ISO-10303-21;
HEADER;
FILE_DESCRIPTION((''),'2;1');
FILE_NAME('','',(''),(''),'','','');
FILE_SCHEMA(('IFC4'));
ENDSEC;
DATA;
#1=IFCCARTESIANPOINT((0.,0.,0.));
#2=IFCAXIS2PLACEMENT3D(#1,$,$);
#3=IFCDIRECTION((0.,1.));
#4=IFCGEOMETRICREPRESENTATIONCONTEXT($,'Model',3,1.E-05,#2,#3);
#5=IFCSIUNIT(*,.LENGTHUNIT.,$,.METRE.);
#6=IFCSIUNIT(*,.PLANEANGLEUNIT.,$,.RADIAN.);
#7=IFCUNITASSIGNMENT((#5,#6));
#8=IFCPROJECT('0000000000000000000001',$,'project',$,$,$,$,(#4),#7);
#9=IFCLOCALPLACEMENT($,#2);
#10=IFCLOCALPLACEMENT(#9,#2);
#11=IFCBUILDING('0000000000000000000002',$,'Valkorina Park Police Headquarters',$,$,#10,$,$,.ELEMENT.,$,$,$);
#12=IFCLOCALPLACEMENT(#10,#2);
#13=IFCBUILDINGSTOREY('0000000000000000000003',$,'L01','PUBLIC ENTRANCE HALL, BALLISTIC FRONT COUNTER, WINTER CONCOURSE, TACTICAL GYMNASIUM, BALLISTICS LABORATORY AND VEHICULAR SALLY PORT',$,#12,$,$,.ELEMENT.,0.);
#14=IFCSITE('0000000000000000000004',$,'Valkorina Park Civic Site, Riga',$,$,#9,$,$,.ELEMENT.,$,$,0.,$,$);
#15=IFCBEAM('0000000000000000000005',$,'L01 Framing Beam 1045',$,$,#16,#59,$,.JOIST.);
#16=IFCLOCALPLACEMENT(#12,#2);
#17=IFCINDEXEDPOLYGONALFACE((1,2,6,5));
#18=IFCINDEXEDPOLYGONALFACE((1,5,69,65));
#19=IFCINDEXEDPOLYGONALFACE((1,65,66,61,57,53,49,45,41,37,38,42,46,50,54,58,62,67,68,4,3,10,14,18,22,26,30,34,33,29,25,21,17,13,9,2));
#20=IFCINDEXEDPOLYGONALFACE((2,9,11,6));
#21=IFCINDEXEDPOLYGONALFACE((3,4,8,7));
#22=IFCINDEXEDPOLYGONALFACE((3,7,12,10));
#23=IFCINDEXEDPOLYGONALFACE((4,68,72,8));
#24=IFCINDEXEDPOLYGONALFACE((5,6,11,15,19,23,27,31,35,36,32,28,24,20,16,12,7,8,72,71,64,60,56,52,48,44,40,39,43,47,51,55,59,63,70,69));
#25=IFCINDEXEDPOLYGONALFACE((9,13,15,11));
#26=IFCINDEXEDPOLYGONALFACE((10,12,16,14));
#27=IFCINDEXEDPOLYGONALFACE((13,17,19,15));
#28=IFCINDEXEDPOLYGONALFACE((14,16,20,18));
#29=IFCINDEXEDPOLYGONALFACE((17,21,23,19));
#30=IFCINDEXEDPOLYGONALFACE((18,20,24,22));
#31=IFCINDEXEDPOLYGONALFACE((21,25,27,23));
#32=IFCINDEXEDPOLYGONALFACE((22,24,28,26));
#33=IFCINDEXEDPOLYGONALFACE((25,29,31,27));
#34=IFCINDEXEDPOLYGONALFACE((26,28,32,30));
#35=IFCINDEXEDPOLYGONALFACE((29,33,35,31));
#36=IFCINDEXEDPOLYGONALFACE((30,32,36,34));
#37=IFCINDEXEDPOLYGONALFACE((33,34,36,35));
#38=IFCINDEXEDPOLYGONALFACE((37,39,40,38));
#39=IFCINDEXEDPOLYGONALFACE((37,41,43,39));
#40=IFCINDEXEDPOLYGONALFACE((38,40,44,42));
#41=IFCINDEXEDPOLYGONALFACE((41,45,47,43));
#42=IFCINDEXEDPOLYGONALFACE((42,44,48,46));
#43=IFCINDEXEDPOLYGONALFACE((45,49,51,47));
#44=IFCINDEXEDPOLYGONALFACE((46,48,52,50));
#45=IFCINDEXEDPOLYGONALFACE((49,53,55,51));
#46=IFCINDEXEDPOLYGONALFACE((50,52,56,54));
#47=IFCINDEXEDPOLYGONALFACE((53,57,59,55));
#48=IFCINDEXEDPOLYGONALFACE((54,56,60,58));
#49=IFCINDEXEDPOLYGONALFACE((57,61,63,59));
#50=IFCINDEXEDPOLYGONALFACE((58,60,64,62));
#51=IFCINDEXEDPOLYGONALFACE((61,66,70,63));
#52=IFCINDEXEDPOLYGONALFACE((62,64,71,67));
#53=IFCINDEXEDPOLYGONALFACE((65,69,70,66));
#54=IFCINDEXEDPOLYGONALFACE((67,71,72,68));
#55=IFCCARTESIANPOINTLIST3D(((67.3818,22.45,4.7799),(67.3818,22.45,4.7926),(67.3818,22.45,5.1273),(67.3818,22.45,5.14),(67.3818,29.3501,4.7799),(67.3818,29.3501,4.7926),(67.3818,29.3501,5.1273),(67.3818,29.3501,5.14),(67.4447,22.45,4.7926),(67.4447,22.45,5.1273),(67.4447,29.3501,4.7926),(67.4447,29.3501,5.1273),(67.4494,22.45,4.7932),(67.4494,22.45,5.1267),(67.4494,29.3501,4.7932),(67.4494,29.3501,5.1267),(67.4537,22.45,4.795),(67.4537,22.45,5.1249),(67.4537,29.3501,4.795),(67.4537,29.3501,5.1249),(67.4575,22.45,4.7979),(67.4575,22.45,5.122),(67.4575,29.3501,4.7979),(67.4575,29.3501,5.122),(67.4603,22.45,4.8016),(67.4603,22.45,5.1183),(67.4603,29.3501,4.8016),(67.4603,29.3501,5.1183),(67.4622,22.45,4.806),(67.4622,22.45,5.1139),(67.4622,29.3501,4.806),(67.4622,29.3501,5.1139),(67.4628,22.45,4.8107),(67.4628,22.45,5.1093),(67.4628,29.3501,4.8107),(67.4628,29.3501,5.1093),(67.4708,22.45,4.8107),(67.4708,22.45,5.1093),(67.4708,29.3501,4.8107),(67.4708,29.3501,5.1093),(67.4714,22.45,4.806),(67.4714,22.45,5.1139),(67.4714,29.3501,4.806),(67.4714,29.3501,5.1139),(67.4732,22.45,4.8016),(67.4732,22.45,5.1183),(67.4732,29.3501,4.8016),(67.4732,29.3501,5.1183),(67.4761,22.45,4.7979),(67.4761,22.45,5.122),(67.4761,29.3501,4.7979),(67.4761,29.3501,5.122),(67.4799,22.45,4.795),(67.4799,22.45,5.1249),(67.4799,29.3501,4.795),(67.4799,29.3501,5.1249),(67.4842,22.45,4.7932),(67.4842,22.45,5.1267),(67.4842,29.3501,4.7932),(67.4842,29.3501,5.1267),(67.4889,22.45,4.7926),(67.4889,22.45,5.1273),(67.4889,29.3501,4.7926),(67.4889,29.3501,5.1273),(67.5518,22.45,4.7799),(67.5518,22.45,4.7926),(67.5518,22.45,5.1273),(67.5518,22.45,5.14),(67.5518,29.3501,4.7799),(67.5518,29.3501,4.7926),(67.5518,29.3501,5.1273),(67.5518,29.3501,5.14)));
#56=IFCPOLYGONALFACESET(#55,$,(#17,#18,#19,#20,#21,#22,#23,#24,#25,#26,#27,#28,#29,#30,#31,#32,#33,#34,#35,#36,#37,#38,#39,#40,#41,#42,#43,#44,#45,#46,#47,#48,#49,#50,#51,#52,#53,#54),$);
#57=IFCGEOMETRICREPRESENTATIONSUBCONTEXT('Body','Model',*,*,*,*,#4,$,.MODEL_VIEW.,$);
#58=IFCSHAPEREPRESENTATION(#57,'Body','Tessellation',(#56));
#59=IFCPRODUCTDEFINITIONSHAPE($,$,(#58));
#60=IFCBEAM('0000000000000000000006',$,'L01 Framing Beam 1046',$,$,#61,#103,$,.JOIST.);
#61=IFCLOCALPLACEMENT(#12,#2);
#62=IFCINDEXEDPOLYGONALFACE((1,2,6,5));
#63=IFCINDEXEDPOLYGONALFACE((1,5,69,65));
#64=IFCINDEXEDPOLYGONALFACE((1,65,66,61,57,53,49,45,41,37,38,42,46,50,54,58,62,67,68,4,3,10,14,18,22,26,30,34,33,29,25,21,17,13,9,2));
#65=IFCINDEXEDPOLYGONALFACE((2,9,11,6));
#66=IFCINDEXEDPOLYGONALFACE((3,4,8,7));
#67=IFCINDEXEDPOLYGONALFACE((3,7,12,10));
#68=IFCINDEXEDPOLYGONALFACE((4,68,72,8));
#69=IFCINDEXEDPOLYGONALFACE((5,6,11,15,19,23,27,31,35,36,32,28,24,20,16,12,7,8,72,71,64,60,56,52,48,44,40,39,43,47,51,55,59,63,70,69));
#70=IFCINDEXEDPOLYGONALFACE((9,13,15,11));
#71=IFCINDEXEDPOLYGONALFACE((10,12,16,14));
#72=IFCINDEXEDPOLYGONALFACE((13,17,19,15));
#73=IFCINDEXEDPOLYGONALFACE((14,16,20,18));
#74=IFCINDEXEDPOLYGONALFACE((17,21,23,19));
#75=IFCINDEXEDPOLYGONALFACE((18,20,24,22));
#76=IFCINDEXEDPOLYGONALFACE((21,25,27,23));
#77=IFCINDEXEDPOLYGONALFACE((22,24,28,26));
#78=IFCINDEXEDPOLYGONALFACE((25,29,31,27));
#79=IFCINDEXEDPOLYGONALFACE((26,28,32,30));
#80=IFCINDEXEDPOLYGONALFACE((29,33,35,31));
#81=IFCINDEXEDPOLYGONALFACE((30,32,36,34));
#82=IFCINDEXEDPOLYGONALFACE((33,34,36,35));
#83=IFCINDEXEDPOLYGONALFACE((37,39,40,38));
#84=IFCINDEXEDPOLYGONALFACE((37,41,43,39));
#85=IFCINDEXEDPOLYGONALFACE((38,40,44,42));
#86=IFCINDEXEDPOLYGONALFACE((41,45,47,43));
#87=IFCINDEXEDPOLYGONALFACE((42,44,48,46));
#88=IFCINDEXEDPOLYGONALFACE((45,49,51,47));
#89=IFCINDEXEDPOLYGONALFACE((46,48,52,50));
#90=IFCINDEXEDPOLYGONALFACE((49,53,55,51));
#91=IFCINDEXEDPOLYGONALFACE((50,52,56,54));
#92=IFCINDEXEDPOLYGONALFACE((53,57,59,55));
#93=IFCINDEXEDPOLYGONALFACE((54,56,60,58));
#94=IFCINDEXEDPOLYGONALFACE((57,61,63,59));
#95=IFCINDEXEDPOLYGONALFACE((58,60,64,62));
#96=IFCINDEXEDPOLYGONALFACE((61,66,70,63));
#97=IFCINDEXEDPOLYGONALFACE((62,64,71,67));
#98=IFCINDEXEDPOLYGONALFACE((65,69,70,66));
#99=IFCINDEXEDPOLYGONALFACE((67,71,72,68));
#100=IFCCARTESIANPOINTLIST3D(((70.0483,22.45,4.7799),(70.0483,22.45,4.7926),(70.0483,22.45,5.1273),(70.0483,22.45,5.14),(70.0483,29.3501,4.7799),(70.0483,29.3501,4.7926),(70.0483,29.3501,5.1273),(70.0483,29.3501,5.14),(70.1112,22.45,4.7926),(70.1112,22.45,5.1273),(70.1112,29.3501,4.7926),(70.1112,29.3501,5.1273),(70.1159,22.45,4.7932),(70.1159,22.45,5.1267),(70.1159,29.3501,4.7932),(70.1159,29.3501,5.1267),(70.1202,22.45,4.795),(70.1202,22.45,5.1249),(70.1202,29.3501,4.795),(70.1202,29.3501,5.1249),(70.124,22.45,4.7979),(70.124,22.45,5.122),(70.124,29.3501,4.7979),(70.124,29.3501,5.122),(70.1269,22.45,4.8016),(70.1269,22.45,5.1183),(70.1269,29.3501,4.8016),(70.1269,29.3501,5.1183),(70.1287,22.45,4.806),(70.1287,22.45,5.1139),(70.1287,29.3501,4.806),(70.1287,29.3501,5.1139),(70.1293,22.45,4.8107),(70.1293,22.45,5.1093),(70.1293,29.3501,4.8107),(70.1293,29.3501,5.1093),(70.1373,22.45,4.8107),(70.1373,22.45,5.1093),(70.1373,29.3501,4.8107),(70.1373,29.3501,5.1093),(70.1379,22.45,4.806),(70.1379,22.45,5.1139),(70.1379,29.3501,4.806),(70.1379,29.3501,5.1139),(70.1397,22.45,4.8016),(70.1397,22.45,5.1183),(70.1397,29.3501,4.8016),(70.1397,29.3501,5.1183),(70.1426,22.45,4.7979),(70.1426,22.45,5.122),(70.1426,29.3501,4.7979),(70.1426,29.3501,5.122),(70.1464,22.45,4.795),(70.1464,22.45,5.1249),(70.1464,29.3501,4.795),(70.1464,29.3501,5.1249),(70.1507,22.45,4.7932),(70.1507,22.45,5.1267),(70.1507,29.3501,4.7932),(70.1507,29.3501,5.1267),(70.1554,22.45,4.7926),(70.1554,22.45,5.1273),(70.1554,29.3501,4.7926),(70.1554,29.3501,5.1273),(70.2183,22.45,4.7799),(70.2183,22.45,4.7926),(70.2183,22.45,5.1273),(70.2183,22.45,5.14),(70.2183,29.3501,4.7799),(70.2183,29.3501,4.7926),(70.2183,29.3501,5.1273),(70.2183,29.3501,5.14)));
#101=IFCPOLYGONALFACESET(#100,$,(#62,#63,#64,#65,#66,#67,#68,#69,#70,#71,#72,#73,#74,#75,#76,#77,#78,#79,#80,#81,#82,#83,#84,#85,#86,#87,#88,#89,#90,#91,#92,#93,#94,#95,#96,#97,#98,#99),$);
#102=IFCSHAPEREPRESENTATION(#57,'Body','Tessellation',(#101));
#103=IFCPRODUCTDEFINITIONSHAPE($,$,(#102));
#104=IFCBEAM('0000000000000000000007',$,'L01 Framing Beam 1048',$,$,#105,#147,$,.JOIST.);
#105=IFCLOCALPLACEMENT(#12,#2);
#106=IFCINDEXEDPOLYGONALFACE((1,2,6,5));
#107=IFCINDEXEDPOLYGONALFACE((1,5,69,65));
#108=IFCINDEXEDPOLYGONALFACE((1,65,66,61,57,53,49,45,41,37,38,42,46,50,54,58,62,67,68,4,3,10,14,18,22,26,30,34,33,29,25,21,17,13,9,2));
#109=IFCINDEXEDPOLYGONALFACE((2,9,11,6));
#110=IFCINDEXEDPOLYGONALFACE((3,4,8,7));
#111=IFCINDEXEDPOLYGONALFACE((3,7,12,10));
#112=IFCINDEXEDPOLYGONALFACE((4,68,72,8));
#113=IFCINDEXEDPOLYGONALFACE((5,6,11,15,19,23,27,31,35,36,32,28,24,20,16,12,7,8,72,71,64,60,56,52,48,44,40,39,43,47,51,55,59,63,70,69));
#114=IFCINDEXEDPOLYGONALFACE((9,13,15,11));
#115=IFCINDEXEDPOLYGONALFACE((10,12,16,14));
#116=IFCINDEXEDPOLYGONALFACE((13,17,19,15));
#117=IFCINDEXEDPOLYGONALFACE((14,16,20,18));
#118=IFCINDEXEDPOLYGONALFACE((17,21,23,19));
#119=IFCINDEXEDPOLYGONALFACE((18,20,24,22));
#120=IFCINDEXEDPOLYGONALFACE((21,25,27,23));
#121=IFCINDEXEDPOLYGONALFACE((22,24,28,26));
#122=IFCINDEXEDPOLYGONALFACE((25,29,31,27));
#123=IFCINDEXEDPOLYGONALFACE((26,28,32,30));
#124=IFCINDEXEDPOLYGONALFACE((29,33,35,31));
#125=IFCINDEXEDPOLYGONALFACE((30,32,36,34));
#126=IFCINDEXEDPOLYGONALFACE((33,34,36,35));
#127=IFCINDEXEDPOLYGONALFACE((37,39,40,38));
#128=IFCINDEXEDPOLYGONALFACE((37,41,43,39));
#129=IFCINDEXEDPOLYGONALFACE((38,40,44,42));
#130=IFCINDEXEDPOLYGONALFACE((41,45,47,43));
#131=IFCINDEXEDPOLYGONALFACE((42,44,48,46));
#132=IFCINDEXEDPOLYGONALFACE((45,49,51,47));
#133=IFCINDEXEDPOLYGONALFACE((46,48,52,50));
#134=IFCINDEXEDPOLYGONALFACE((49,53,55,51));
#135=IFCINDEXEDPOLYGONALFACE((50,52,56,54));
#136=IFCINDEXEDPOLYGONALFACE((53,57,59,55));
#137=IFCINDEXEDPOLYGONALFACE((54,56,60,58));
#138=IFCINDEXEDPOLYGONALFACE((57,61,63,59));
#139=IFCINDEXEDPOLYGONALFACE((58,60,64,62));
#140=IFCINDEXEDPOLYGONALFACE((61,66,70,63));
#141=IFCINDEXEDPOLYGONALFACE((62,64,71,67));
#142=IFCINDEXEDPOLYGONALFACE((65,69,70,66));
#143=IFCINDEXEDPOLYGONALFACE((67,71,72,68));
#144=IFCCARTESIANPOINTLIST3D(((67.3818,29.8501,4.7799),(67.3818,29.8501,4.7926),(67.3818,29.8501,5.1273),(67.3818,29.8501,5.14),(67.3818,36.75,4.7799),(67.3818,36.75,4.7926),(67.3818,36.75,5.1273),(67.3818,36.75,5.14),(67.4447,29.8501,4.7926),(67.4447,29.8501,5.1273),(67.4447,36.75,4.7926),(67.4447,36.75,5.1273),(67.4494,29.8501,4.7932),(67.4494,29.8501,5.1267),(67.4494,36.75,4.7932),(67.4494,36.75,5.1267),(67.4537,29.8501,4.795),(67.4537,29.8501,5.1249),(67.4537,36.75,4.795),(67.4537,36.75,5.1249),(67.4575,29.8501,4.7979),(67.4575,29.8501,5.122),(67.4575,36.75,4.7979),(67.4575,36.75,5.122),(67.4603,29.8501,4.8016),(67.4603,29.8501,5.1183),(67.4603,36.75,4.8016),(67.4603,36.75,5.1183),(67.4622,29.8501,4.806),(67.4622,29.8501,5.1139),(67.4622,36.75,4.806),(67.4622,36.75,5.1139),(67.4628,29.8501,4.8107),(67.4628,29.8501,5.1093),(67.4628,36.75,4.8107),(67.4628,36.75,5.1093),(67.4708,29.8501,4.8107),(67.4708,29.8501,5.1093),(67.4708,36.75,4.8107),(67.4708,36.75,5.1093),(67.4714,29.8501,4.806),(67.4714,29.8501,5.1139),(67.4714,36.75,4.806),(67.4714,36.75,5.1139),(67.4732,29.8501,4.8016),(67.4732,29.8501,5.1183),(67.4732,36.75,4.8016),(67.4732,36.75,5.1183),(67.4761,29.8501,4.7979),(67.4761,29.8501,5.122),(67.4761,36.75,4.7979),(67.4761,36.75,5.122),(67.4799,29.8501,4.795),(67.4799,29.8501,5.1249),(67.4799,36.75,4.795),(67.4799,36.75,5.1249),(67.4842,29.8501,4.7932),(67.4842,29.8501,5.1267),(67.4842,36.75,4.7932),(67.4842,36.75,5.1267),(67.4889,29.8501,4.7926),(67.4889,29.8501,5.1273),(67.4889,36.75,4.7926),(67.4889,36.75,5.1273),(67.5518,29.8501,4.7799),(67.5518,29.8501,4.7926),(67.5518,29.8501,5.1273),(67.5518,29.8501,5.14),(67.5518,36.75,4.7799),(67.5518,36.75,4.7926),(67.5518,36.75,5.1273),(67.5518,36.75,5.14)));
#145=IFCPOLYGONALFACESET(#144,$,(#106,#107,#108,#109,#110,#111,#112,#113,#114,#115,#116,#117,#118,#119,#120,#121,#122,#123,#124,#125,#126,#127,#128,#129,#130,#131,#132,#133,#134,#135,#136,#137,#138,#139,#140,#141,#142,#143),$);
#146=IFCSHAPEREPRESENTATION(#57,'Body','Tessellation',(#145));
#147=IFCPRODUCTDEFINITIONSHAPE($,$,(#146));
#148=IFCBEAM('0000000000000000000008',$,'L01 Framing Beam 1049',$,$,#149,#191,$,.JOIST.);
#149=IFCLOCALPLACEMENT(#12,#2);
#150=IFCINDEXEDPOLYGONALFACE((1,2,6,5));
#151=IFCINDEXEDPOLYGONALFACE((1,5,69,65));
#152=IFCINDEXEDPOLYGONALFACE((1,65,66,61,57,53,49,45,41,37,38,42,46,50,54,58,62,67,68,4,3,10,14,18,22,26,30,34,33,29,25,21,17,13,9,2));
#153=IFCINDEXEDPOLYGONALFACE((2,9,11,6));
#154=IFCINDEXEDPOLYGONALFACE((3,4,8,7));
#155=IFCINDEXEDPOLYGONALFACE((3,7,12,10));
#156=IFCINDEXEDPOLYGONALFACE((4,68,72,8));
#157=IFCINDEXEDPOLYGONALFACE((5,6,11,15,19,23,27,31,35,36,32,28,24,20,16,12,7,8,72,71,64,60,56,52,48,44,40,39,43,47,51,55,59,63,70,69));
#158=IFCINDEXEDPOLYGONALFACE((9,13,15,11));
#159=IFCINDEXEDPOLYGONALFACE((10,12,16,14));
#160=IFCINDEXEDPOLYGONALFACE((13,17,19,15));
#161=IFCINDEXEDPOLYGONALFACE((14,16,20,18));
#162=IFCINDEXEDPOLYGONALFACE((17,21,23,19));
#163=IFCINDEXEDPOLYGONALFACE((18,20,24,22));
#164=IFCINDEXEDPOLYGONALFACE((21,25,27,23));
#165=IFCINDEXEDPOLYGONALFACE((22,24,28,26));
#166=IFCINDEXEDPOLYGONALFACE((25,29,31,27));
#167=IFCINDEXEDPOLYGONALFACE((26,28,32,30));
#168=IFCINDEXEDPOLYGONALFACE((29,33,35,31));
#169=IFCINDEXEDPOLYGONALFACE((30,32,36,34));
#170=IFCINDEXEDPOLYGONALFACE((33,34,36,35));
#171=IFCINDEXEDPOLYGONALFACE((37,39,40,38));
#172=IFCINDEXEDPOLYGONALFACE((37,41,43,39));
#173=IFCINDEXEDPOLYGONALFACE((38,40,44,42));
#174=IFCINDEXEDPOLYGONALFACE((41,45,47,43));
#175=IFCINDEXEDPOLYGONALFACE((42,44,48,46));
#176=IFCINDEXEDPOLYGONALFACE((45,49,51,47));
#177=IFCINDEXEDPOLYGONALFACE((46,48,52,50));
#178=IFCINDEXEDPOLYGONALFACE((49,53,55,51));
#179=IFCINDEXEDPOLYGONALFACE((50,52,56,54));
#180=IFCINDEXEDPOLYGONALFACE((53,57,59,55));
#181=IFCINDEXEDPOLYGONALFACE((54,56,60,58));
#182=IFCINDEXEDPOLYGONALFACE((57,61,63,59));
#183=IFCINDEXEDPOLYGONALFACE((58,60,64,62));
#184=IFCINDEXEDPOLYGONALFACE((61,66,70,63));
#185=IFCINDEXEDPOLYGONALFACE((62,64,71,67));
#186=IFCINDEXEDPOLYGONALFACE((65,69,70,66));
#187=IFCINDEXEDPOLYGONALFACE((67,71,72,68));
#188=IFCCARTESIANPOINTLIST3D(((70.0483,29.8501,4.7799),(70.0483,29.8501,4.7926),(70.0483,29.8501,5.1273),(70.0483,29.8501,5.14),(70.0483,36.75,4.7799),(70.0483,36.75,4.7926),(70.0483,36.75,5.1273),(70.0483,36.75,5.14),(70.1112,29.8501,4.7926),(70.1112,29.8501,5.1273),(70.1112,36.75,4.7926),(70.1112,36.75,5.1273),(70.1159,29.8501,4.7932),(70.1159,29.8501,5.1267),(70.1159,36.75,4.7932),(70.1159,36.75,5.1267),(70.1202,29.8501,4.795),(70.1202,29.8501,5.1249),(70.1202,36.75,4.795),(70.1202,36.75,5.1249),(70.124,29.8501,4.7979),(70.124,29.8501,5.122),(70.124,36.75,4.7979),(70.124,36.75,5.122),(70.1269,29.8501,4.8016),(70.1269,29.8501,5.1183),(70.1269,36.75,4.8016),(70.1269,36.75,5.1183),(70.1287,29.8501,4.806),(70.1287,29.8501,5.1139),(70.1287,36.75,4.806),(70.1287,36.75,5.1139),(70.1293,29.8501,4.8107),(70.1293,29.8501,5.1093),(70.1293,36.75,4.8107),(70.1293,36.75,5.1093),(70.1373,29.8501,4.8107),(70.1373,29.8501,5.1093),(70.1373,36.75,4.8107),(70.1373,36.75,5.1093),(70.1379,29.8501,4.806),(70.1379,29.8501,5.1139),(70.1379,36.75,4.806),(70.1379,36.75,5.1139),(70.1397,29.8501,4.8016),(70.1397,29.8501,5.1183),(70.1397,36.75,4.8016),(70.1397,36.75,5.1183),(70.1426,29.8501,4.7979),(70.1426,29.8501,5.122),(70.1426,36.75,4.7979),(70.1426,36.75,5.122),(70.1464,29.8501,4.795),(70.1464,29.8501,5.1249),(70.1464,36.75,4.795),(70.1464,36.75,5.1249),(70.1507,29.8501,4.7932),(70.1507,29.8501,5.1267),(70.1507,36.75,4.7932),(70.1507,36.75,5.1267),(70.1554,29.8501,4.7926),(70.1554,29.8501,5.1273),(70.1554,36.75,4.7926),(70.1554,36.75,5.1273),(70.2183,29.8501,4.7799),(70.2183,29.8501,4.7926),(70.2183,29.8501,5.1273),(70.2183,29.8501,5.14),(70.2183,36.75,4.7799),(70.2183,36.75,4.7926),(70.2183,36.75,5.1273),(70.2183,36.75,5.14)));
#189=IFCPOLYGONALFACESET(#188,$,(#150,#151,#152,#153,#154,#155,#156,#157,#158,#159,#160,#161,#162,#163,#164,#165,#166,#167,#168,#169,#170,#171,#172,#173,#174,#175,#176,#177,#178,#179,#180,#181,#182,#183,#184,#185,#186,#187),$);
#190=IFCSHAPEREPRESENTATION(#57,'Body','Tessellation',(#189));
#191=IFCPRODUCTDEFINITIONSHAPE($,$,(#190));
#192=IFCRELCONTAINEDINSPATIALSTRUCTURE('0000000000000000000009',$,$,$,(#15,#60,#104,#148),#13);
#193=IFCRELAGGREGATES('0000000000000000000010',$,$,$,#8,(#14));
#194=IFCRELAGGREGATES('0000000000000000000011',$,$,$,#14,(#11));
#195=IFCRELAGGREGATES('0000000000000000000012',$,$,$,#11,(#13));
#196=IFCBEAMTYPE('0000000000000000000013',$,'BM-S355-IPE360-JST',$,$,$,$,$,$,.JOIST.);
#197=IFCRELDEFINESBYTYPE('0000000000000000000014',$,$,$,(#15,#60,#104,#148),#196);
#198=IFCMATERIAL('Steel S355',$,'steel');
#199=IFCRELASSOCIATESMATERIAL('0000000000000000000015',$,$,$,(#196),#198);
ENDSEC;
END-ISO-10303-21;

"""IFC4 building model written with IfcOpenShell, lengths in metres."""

from ifc_helpers import new_model, si_unit, direction, frame, origin, origin_2d, place, context, subcontext, project, spatial, i_section, extrude, material, material_profile, profile_set, type_object, element, save


model = new_model("IFC4")

# Units and contexts
model_context = context("Model", 3, precision=1e-05, world=origin(), true_north=direction((0.0, 1.0)))
body_context = subcontext(model_context, "Body", "Model", "MODEL_VIEW")
ifc_project = project(units=[si_unit("LENGTHUNIT", "METRE"), si_unit("PLANEANGLEUNIT", "RADIAN")], contexts=[model_context])

# Site, building, storey
site_placement = place(None, origin())
site = spatial("IfcSite", under=ifc_project, at=site_placement, Name="Valkorina Park Civic Site, Riga", CompositionType="ELEMENT", RefElevation=0.0)
building_placement = place(site_placement, origin())
building = spatial("IfcBuilding", under=site, at=building_placement, Name="Valkorina Park Police Headquarters", CompositionType="ELEMENT")
storey_placement = place(building_placement, origin())
storey = spatial("IfcBuildingStorey", under=building, at=storey_placement, Name="L01", Description="PUBLIC ENTRANCE HALL, BALLISTIC FRONT COUNTER, WINTER CONCOURSE, TACTICAL GYMNASIUM, BALLISTICS LABORATORY AND VEHICULAR SALLY PORT", CompositionType="ELEMENT", Elevation=0.0)

# Beams
ifc_material_1 = material(Name="Steel S355", Category="steel")
ifc_material_profile_1 = material_profile(ifc_material_1, i_section(OverallWidth=0.1699, OverallDepth=0.3601, WebThickness=0.0081, FlangeThickness=0.0127, FilletRadius=0.0181, at=origin_2d()), Name="IPE 360")
ifc_profile_set_1 = profile_set([ifc_material_profile_1], Name="Steel S355")
beam_type_1 = type_object("IfcBeamType", Name="BM-S355-IPE360-JST", PredefinedType="JOIST", material=ifc_profile_set_1)
for number, where, z_axis, x_axis, name in (
    (1, (67.4668, 22.45, 4.96), (0.0, 1.0, 0.0), (-1.0, 0.0, 0.0), "L01 Framing Beam 1045"),
    (2, (70.1333, 22.45, 4.96), (0.0, 1.0, 0.0), (-1.0, 0.0, 0.0), "L01 Framing Beam 1046"),
):
    element("IfcBeam", number, at=place(storey_placement, frame(where, z_axis=z_axis, x_axis=x_axis)), inside=storey, type_object=beam_type_1, Name=name, PredefinedType="JOIST", context=body_context, shape_type="SweptSolid", body=[
        extrude(i_section(OverallWidth=0.1699, OverallDepth=0.3601, WebThickness=0.0081, FlangeThickness=0.0127, FilletRadius=0.0181, at=origin_2d()), origin(), (0.0, 0.0, 1.0), 6.9001),
    ])
for number, where, z_axis, x_axis, name in (
    (3, (67.4668, 29.8501, 4.96), (0.0, 1.0, 0.0), (-1.0, 0.0, 0.0), "L01 Framing Beam 1048"),
    (4, (70.1333, 29.8501, 4.96), (0.0, 1.0, 0.0), (-1.0, 0.0, 0.0), "L01 Framing Beam 1049"),
):
    element("IfcBeam", number, at=place(storey_placement, frame(where, z_axis=z_axis, x_axis=x_axis)), inside=storey, type_object=beam_type_1, Name=name, PredefinedType="JOIST", context=body_context, shape_type="SweptSolid", body=[
        extrude(i_section(OverallWidth=0.1699, OverallDepth=0.3601, WebThickness=0.0081, FlangeThickness=0.0127, FilletRadius=0.0181, at=origin_2d()), origin(), (0.0, 0.0, 1.0), 6.8999),
    ])

save(model, "model.ifc")
